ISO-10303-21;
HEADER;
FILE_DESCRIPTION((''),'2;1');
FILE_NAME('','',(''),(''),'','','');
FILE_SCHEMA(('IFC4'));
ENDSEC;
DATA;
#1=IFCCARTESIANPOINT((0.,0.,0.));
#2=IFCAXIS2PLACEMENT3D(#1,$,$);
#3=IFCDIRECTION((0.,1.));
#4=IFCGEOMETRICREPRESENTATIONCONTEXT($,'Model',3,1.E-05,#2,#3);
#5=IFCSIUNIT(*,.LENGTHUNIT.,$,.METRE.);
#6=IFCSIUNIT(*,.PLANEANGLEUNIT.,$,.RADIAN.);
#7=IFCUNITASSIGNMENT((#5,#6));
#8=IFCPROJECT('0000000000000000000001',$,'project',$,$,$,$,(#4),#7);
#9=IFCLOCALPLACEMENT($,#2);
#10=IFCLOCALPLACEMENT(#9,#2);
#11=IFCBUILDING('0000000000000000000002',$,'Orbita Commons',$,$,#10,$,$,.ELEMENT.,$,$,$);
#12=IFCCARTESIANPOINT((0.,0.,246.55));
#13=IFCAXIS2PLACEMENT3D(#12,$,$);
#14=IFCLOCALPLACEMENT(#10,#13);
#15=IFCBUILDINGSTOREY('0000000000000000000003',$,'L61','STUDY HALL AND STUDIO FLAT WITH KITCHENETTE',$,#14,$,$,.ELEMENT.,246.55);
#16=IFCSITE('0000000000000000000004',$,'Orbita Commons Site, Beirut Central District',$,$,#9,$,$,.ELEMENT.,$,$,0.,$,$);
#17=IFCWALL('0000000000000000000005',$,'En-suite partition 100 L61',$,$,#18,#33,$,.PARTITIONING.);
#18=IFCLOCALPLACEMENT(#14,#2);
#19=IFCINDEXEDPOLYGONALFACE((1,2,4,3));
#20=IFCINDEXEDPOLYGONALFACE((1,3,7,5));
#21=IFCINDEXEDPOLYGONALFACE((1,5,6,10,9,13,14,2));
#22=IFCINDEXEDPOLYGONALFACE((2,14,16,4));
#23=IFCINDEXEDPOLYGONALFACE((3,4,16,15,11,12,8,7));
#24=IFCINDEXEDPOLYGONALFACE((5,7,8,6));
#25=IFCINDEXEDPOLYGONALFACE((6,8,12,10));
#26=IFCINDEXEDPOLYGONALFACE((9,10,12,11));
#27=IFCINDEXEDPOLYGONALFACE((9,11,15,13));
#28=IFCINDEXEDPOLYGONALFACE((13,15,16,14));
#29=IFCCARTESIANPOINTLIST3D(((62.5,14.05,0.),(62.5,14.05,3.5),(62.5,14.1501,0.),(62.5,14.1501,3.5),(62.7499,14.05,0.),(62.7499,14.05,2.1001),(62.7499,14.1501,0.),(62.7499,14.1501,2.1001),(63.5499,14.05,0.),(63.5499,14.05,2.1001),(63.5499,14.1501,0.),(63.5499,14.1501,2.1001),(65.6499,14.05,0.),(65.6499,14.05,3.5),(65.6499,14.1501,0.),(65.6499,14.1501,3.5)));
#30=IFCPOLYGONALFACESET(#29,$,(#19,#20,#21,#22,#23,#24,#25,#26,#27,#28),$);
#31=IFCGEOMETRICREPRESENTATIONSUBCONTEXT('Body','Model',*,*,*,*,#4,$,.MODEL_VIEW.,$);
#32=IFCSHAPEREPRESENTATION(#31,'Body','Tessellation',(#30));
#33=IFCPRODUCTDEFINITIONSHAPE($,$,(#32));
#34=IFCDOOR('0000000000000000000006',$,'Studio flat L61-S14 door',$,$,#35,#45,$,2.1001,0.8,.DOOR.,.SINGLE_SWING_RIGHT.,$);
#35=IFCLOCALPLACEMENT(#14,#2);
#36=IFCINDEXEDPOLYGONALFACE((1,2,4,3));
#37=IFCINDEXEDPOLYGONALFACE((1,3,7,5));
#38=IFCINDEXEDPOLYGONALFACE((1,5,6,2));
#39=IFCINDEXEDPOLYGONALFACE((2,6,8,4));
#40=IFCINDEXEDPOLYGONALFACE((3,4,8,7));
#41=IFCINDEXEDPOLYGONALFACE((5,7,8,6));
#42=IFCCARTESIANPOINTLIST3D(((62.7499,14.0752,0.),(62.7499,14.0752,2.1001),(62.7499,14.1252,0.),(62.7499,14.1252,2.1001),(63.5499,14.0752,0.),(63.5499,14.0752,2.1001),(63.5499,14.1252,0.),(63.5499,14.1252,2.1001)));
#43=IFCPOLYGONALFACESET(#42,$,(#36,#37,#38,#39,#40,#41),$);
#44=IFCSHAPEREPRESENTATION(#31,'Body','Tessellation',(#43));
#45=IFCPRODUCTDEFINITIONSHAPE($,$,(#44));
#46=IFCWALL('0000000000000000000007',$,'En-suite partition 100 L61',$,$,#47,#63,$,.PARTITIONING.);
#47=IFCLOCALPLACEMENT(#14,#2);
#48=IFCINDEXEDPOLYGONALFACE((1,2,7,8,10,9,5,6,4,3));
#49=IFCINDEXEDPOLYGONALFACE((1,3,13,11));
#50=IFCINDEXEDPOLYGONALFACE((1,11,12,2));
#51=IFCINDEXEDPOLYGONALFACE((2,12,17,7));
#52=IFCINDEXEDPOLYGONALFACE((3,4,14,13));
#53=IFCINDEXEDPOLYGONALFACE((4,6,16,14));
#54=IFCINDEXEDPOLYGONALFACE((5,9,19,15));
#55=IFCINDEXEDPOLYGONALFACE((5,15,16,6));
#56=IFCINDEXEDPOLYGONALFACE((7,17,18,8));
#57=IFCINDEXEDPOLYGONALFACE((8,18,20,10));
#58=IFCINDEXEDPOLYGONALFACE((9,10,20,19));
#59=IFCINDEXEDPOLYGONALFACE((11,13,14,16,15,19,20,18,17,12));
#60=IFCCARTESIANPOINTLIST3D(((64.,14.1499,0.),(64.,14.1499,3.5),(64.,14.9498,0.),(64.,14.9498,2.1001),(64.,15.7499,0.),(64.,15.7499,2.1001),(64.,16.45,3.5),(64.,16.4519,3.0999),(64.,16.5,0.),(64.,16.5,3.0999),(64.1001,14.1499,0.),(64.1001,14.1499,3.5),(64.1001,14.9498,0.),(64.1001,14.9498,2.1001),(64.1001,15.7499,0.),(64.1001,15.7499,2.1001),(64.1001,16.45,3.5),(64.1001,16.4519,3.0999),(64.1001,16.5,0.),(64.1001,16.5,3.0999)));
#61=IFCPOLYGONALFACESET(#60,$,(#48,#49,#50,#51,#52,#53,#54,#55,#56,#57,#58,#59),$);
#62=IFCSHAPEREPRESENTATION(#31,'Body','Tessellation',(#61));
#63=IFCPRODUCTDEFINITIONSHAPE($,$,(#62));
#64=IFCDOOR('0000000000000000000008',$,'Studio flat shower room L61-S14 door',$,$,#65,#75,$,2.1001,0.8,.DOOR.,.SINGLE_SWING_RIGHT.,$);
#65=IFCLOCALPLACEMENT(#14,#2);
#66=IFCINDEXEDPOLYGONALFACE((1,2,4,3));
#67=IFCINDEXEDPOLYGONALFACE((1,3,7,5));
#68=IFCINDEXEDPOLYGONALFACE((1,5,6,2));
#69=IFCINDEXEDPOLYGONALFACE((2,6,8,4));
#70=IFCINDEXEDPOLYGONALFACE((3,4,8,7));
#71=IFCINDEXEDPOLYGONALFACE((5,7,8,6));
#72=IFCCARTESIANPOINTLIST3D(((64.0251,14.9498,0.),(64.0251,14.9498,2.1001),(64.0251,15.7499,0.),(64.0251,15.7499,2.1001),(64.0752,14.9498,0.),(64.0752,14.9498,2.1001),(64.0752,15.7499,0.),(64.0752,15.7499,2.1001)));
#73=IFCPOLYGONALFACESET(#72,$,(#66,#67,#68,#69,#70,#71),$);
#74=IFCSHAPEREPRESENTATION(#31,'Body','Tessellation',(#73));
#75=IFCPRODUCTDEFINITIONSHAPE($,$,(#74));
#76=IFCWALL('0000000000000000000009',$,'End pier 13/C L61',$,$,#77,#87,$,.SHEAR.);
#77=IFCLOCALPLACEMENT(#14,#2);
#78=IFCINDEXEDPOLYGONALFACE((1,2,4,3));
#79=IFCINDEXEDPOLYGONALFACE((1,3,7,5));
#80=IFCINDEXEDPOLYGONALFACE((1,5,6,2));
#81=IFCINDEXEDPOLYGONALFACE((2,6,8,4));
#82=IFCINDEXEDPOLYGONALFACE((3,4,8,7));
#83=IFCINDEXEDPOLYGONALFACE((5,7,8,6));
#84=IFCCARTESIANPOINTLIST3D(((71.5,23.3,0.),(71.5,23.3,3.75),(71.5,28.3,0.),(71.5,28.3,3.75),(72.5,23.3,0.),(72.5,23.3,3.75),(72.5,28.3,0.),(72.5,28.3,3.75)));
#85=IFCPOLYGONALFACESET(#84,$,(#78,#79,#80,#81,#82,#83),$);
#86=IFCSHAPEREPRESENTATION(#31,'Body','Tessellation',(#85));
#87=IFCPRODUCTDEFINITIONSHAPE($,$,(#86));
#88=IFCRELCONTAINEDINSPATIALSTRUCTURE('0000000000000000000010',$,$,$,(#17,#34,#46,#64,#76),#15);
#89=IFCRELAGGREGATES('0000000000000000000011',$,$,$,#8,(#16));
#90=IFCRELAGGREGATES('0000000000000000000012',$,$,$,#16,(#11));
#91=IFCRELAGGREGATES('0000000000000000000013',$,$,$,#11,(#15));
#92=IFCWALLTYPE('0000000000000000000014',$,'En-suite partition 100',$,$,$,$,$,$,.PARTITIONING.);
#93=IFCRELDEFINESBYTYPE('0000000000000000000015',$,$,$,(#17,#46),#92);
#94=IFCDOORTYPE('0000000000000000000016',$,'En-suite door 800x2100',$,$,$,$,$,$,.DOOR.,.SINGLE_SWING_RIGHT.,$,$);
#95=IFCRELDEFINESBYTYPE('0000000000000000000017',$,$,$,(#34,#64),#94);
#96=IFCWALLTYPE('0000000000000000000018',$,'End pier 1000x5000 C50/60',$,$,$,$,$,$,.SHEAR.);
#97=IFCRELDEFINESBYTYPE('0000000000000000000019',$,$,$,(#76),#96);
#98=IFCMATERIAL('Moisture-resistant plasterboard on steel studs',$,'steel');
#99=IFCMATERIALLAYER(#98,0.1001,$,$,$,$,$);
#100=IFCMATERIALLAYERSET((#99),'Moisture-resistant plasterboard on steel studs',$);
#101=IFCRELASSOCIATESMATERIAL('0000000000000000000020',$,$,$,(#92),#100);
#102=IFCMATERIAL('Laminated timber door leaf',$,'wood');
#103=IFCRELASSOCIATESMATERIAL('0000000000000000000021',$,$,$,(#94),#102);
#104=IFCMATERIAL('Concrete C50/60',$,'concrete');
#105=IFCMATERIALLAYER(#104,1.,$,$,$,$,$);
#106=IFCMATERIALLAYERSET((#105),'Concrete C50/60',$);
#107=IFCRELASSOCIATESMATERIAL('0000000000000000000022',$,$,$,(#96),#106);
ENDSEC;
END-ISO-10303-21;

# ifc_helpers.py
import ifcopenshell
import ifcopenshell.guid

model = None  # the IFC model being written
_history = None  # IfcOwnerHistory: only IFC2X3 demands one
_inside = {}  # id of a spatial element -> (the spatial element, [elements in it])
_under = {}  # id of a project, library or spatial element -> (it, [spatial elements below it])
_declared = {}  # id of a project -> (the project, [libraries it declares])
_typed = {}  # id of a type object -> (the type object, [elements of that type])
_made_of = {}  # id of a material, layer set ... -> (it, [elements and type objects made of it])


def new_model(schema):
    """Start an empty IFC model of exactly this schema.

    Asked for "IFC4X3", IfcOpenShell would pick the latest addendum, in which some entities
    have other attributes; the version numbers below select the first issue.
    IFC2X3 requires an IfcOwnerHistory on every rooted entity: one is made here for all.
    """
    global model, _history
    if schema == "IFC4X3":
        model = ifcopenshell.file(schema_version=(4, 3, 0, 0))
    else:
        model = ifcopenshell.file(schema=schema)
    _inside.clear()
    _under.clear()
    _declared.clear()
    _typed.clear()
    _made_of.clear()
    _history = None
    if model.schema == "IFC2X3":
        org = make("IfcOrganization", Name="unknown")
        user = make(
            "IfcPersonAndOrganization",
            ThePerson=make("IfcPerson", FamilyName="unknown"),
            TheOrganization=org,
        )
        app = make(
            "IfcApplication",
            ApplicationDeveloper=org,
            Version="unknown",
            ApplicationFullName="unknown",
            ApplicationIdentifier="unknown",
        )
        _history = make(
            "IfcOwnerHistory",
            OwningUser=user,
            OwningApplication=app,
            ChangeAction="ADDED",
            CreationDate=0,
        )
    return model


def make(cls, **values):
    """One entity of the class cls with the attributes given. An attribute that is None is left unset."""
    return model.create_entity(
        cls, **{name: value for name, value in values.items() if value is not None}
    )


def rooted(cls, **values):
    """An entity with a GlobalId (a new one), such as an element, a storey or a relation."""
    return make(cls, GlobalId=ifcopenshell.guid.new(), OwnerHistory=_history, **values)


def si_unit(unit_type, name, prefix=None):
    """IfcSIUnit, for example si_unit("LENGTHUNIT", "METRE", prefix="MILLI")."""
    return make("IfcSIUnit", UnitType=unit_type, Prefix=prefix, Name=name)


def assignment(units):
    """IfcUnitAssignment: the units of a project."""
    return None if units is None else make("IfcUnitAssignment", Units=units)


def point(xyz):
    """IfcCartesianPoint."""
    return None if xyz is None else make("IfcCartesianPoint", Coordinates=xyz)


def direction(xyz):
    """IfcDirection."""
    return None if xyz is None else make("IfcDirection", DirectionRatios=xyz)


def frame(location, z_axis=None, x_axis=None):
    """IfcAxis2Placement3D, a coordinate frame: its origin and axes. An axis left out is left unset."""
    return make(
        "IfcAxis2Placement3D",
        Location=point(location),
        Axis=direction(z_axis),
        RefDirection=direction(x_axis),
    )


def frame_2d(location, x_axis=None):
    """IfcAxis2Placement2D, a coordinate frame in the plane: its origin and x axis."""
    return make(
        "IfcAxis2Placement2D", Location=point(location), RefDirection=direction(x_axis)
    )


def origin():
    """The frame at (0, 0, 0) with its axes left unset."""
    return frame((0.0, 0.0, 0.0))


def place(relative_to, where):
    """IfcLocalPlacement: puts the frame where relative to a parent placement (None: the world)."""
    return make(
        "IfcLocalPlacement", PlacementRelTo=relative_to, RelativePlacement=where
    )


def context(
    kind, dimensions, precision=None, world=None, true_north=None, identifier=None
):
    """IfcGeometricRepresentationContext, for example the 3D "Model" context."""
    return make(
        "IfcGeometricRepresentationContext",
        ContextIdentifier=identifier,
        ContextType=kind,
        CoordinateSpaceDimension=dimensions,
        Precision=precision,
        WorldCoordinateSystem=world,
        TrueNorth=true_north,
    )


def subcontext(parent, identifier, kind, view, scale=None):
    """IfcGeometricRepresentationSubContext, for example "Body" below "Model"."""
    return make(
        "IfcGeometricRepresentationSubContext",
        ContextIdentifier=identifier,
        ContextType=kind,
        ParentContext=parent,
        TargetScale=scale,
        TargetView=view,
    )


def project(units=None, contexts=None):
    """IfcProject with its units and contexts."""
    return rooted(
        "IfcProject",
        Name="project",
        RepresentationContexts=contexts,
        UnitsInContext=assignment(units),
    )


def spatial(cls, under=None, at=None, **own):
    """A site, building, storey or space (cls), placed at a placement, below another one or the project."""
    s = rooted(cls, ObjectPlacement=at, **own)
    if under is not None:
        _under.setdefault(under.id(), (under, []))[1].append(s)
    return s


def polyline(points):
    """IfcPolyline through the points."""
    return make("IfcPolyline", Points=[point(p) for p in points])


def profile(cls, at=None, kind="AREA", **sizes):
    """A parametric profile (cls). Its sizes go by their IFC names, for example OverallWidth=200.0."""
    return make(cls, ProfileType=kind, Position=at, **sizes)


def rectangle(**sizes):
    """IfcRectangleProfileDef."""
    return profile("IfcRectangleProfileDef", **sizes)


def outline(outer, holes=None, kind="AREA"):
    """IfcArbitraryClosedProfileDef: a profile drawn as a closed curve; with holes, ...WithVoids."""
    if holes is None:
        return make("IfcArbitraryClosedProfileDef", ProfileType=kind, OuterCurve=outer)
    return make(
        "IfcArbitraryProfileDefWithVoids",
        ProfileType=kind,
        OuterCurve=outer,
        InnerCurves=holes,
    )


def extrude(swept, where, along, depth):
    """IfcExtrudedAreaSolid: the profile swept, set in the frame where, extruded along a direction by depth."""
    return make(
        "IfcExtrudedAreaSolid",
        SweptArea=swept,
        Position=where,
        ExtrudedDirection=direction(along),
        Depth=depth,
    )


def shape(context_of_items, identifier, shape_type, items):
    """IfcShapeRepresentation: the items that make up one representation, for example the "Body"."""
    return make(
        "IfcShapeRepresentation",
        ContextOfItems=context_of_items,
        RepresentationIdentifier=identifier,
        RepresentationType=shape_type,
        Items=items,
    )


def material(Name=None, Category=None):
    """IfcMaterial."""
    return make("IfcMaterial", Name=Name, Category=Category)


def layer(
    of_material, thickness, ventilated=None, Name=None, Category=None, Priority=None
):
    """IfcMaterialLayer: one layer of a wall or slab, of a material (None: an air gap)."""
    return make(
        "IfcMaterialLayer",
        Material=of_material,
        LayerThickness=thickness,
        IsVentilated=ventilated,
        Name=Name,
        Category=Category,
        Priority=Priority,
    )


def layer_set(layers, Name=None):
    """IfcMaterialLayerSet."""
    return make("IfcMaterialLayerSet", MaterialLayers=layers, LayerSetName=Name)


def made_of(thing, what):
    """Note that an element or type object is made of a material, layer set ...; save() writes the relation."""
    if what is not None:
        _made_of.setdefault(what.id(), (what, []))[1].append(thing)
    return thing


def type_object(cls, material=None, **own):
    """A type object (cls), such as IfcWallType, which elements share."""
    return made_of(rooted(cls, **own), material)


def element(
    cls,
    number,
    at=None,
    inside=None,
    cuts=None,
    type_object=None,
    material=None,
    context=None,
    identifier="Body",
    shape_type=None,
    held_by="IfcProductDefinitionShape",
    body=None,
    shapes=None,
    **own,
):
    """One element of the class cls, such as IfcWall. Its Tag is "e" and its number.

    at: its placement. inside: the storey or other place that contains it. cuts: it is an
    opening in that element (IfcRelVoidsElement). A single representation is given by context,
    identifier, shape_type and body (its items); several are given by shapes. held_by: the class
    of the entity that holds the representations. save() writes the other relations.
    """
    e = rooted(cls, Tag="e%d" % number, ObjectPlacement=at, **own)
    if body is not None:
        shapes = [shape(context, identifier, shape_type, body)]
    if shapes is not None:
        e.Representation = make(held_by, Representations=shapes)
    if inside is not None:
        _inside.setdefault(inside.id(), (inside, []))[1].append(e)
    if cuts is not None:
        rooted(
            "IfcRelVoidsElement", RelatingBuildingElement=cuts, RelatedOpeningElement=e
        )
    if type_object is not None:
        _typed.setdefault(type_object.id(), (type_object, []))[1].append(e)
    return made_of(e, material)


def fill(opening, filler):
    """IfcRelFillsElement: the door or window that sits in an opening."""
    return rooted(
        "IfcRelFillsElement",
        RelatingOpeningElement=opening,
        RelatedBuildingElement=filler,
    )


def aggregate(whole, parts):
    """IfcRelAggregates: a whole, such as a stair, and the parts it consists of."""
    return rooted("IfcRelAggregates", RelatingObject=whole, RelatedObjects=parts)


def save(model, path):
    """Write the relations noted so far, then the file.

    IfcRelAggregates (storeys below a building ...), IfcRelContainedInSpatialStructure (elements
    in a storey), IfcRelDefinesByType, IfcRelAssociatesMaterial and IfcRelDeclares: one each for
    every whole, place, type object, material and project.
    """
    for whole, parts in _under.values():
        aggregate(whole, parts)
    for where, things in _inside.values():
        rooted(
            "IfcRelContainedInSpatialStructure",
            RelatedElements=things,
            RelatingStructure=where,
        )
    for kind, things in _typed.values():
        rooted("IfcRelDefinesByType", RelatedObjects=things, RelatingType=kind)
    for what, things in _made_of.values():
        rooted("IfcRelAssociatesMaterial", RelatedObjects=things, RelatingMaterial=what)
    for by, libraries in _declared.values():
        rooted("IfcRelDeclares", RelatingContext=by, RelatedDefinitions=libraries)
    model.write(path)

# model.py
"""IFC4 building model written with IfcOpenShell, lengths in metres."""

from ifc_helpers import new_model, si_unit, direction, frame, frame_2d, origin, place, context, subcontext, project, spatial, polyline, rectangle, outline, extrude, material, layer, layer_set, type_object, element, fill, save


model = new_model("IFC4")

# Units and contexts
model_context = context("Model", 3, precision=1e-05, world=origin(), true_north=direction((0.0, 1.0)))
body_context = subcontext(model_context, "Body", "Model", "MODEL_VIEW")
ifc_project = project(units=[si_unit("LENGTHUNIT", "METRE"), si_unit("PLANEANGLEUNIT", "RADIAN")], contexts=[model_context])

# Site, building, storey
site_placement = place(None, origin())
site = spatial("IfcSite", under=ifc_project, at=site_placement, Name="Orbita Commons Site, Beirut Central District", CompositionType="ELEMENT", RefElevation=0.0)
building_placement = place(site_placement, origin())
building = spatial("IfcBuilding", under=site, at=building_placement, Name="Orbita Commons", CompositionType="ELEMENT")
storey_placement = place(building_placement, frame((0.0, 0.0, 246.55)))
storey = spatial("IfcBuildingStorey", under=building, at=storey_placement, Name="L61", Description="STUDY HALL AND STUDIO FLAT WITH KITCHENETTE", CompositionType="ELEMENT", Elevation=246.55)

# Walls, openings, doors
ifc_material_1 = material(Name="Moisture-resistant plasterboard on steel studs", Category="steel")
ifc_layer_1 = layer(ifc_material_1, 0.1001)
ifc_layer_set_1 = layer_set([ifc_layer_1], Name="Moisture-resistant plasterboard on steel studs")
wall_type_1 = type_object("IfcWallType", Name="En-suite partition 100", PredefinedType="PARTITIONING", material=ifc_layer_set_1)
wall_1_placement = place(storey_placement, frame((65.6499, 14.1001, 0.0), z_axis=(0.0, 0.0, 1.0), x_axis=(-1.0, 0.0, 0.0)))
wall_1 = element("IfcWall", 1, at=wall_1_placement, inside=storey, type_object=wall_type_1, Name="En-suite partition 100 L61", PredefinedType="PARTITIONING", context=body_context, shape_type="SweptSolid", body=[
    extrude(rectangle(XDim=3.1499, YDim=0.1001, at=frame_2d((1.575, 0.0))), origin(), (0.0, 0.0, 1.0), 3.5),
])
opening_1_placement = place(wall_1_placement, frame((2.1001, 0.0, 0.0)))
opening_1 = element("IfcOpeningElement", 2, at=opening_1_placement, cuts=wall_1, PredefinedType="OPENING", context=body_context, shape_type="SweptSolid", body=[
    extrude(rectangle(XDim=0.8, YDim=2.1001, at=frame_2d((0.3999, 1.05))), frame((0.0, 0.0601, 0.0), z_axis=(0.0, -1.0, 0.0), x_axis=(1.0, 0.0, 0.0)), (0.0, 0.0, 1.0), 0.1201),
])
ifc_material_2 = material(Name="Laminated timber door leaf", Category="wood")
door_type_1 = type_object("IfcDoorType", Name="En-suite door 800x2100", OperationType="SINGLE_SWING_RIGHT", PredefinedType="DOOR", material=ifc_material_2)
door_1_placement = place(opening_1_placement, origin())
door_1 = element("IfcDoor", 3, at=door_1_placement, inside=storey, type_object=door_type_1, Name="Studio flat L61-S14 door", OperationType="SINGLE_SWING_RIGHT", OverallHeight=2.1001, OverallWidth=0.8, PredefinedType="DOOR", context=body_context, shape_type="SweptSolid", body=[
    extrude(rectangle(XDim=0.8, YDim=2.1001, at=frame_2d((0.3999, 1.05))), frame((0.0, 0.0249, 0.0), z_axis=(0.0, -1.0, 0.0), x_axis=(1.0, 0.0, 0.0)), (0.0, 0.0, 1.0), 0.05),
])
fill(opening_1, door_1)
wall_2_placement = place(storey_placement, frame((64.05, 14.1499, 0.0), z_axis=(0.0, 0.0, 1.0), x_axis=(0.0, 1.0, 0.0)))
wall_2 = element("IfcWall", 4, at=wall_2_placement, inside=storey, type_object=wall_type_1, Name="En-suite partition 100 L61", PredefinedType="PARTITIONING", context=body_context, shape_type="SweptSolid", body=[
    extrude(outline(polyline([(0.0, 0.0), (2.3501, 0.0), (2.3501, 3.0999), (2.302, 3.0999), (2.3, 3.5), (0.0, 3.5), (0.0, 0.0)])), frame((0.0, 0.05, 0.0), z_axis=(0.0, -1.0, 0.0), x_axis=(1.0, 0.0, 0.0)), (0.0, 0.0, 1.0), 0.1001),
])
opening_2_placement = place(wall_2_placement, frame((0.8, 0.0, 0.0)))
opening_2 = element("IfcOpeningElement", 5, at=opening_2_placement, cuts=wall_2, PredefinedType="OPENING", context=body_context, shape_type="SweptSolid", body=[
    extrude(rectangle(XDim=0.8, YDim=2.1001, at=frame_2d((0.3999, 1.05))), frame((0.0, 0.0601, 0.0), z_axis=(0.0, -1.0, 0.0), x_axis=(1.0, 0.0, 0.0)), (0.0, 0.0, 1.0), 0.1201),
])
door_2_placement = place(opening_2_placement, origin())
door_2 = element("IfcDoor", 6, at=door_2_placement, inside=storey, type_object=door_type_1, Name="Studio flat shower room L61-S14 door", OperationType="SINGLE_SWING_RIGHT", OverallHeight=2.1001, OverallWidth=0.8, PredefinedType="DOOR", context=body_context, shape_type="SweptSolid", body=[
    extrude(rectangle(XDim=0.8, YDim=2.1001, at=frame_2d((0.3999, 1.05))), frame((0.0, 0.0249, 0.0), z_axis=(0.0, -1.0, 0.0), x_axis=(1.0, 0.0, 0.0)), (0.0, 0.0, 1.0), 0.05),
])
fill(opening_2, door_2)

# Wall
ifc_material_3 = material(Name="Concrete C50/60", Category="concrete")
ifc_layer_2 = layer(ifc_material_3, 1.0)
ifc_layer_set_2 = layer_set([ifc_layer_2], Name="Concrete C50/60")
wall_type_2 = type_object("IfcWallType", Name="End pier 1000x5000 C50/60", PredefinedType="SHEAR", material=ifc_layer_set_2)
wall_3_placement = place(storey_placement, frame((72.0, 23.3, 0.0), z_axis=(0.0, 0.0, 1.0), x_axis=(0.0, 1.0, 0.0)))
element("IfcWall", 7, at=wall_3_placement, inside=storey, type_object=wall_type_2, Name="End pier 13/C L61", PredefinedType="SHEAR", context=body_context, shape_type="SweptSolid", body=[
    extrude(rectangle(XDim=5.0, YDim=1.0, at=frame_2d((2.5, 0.0))), origin(), (0.0, 0.0, 1.0), 3.75),
])

save(model, "model.ifc")
